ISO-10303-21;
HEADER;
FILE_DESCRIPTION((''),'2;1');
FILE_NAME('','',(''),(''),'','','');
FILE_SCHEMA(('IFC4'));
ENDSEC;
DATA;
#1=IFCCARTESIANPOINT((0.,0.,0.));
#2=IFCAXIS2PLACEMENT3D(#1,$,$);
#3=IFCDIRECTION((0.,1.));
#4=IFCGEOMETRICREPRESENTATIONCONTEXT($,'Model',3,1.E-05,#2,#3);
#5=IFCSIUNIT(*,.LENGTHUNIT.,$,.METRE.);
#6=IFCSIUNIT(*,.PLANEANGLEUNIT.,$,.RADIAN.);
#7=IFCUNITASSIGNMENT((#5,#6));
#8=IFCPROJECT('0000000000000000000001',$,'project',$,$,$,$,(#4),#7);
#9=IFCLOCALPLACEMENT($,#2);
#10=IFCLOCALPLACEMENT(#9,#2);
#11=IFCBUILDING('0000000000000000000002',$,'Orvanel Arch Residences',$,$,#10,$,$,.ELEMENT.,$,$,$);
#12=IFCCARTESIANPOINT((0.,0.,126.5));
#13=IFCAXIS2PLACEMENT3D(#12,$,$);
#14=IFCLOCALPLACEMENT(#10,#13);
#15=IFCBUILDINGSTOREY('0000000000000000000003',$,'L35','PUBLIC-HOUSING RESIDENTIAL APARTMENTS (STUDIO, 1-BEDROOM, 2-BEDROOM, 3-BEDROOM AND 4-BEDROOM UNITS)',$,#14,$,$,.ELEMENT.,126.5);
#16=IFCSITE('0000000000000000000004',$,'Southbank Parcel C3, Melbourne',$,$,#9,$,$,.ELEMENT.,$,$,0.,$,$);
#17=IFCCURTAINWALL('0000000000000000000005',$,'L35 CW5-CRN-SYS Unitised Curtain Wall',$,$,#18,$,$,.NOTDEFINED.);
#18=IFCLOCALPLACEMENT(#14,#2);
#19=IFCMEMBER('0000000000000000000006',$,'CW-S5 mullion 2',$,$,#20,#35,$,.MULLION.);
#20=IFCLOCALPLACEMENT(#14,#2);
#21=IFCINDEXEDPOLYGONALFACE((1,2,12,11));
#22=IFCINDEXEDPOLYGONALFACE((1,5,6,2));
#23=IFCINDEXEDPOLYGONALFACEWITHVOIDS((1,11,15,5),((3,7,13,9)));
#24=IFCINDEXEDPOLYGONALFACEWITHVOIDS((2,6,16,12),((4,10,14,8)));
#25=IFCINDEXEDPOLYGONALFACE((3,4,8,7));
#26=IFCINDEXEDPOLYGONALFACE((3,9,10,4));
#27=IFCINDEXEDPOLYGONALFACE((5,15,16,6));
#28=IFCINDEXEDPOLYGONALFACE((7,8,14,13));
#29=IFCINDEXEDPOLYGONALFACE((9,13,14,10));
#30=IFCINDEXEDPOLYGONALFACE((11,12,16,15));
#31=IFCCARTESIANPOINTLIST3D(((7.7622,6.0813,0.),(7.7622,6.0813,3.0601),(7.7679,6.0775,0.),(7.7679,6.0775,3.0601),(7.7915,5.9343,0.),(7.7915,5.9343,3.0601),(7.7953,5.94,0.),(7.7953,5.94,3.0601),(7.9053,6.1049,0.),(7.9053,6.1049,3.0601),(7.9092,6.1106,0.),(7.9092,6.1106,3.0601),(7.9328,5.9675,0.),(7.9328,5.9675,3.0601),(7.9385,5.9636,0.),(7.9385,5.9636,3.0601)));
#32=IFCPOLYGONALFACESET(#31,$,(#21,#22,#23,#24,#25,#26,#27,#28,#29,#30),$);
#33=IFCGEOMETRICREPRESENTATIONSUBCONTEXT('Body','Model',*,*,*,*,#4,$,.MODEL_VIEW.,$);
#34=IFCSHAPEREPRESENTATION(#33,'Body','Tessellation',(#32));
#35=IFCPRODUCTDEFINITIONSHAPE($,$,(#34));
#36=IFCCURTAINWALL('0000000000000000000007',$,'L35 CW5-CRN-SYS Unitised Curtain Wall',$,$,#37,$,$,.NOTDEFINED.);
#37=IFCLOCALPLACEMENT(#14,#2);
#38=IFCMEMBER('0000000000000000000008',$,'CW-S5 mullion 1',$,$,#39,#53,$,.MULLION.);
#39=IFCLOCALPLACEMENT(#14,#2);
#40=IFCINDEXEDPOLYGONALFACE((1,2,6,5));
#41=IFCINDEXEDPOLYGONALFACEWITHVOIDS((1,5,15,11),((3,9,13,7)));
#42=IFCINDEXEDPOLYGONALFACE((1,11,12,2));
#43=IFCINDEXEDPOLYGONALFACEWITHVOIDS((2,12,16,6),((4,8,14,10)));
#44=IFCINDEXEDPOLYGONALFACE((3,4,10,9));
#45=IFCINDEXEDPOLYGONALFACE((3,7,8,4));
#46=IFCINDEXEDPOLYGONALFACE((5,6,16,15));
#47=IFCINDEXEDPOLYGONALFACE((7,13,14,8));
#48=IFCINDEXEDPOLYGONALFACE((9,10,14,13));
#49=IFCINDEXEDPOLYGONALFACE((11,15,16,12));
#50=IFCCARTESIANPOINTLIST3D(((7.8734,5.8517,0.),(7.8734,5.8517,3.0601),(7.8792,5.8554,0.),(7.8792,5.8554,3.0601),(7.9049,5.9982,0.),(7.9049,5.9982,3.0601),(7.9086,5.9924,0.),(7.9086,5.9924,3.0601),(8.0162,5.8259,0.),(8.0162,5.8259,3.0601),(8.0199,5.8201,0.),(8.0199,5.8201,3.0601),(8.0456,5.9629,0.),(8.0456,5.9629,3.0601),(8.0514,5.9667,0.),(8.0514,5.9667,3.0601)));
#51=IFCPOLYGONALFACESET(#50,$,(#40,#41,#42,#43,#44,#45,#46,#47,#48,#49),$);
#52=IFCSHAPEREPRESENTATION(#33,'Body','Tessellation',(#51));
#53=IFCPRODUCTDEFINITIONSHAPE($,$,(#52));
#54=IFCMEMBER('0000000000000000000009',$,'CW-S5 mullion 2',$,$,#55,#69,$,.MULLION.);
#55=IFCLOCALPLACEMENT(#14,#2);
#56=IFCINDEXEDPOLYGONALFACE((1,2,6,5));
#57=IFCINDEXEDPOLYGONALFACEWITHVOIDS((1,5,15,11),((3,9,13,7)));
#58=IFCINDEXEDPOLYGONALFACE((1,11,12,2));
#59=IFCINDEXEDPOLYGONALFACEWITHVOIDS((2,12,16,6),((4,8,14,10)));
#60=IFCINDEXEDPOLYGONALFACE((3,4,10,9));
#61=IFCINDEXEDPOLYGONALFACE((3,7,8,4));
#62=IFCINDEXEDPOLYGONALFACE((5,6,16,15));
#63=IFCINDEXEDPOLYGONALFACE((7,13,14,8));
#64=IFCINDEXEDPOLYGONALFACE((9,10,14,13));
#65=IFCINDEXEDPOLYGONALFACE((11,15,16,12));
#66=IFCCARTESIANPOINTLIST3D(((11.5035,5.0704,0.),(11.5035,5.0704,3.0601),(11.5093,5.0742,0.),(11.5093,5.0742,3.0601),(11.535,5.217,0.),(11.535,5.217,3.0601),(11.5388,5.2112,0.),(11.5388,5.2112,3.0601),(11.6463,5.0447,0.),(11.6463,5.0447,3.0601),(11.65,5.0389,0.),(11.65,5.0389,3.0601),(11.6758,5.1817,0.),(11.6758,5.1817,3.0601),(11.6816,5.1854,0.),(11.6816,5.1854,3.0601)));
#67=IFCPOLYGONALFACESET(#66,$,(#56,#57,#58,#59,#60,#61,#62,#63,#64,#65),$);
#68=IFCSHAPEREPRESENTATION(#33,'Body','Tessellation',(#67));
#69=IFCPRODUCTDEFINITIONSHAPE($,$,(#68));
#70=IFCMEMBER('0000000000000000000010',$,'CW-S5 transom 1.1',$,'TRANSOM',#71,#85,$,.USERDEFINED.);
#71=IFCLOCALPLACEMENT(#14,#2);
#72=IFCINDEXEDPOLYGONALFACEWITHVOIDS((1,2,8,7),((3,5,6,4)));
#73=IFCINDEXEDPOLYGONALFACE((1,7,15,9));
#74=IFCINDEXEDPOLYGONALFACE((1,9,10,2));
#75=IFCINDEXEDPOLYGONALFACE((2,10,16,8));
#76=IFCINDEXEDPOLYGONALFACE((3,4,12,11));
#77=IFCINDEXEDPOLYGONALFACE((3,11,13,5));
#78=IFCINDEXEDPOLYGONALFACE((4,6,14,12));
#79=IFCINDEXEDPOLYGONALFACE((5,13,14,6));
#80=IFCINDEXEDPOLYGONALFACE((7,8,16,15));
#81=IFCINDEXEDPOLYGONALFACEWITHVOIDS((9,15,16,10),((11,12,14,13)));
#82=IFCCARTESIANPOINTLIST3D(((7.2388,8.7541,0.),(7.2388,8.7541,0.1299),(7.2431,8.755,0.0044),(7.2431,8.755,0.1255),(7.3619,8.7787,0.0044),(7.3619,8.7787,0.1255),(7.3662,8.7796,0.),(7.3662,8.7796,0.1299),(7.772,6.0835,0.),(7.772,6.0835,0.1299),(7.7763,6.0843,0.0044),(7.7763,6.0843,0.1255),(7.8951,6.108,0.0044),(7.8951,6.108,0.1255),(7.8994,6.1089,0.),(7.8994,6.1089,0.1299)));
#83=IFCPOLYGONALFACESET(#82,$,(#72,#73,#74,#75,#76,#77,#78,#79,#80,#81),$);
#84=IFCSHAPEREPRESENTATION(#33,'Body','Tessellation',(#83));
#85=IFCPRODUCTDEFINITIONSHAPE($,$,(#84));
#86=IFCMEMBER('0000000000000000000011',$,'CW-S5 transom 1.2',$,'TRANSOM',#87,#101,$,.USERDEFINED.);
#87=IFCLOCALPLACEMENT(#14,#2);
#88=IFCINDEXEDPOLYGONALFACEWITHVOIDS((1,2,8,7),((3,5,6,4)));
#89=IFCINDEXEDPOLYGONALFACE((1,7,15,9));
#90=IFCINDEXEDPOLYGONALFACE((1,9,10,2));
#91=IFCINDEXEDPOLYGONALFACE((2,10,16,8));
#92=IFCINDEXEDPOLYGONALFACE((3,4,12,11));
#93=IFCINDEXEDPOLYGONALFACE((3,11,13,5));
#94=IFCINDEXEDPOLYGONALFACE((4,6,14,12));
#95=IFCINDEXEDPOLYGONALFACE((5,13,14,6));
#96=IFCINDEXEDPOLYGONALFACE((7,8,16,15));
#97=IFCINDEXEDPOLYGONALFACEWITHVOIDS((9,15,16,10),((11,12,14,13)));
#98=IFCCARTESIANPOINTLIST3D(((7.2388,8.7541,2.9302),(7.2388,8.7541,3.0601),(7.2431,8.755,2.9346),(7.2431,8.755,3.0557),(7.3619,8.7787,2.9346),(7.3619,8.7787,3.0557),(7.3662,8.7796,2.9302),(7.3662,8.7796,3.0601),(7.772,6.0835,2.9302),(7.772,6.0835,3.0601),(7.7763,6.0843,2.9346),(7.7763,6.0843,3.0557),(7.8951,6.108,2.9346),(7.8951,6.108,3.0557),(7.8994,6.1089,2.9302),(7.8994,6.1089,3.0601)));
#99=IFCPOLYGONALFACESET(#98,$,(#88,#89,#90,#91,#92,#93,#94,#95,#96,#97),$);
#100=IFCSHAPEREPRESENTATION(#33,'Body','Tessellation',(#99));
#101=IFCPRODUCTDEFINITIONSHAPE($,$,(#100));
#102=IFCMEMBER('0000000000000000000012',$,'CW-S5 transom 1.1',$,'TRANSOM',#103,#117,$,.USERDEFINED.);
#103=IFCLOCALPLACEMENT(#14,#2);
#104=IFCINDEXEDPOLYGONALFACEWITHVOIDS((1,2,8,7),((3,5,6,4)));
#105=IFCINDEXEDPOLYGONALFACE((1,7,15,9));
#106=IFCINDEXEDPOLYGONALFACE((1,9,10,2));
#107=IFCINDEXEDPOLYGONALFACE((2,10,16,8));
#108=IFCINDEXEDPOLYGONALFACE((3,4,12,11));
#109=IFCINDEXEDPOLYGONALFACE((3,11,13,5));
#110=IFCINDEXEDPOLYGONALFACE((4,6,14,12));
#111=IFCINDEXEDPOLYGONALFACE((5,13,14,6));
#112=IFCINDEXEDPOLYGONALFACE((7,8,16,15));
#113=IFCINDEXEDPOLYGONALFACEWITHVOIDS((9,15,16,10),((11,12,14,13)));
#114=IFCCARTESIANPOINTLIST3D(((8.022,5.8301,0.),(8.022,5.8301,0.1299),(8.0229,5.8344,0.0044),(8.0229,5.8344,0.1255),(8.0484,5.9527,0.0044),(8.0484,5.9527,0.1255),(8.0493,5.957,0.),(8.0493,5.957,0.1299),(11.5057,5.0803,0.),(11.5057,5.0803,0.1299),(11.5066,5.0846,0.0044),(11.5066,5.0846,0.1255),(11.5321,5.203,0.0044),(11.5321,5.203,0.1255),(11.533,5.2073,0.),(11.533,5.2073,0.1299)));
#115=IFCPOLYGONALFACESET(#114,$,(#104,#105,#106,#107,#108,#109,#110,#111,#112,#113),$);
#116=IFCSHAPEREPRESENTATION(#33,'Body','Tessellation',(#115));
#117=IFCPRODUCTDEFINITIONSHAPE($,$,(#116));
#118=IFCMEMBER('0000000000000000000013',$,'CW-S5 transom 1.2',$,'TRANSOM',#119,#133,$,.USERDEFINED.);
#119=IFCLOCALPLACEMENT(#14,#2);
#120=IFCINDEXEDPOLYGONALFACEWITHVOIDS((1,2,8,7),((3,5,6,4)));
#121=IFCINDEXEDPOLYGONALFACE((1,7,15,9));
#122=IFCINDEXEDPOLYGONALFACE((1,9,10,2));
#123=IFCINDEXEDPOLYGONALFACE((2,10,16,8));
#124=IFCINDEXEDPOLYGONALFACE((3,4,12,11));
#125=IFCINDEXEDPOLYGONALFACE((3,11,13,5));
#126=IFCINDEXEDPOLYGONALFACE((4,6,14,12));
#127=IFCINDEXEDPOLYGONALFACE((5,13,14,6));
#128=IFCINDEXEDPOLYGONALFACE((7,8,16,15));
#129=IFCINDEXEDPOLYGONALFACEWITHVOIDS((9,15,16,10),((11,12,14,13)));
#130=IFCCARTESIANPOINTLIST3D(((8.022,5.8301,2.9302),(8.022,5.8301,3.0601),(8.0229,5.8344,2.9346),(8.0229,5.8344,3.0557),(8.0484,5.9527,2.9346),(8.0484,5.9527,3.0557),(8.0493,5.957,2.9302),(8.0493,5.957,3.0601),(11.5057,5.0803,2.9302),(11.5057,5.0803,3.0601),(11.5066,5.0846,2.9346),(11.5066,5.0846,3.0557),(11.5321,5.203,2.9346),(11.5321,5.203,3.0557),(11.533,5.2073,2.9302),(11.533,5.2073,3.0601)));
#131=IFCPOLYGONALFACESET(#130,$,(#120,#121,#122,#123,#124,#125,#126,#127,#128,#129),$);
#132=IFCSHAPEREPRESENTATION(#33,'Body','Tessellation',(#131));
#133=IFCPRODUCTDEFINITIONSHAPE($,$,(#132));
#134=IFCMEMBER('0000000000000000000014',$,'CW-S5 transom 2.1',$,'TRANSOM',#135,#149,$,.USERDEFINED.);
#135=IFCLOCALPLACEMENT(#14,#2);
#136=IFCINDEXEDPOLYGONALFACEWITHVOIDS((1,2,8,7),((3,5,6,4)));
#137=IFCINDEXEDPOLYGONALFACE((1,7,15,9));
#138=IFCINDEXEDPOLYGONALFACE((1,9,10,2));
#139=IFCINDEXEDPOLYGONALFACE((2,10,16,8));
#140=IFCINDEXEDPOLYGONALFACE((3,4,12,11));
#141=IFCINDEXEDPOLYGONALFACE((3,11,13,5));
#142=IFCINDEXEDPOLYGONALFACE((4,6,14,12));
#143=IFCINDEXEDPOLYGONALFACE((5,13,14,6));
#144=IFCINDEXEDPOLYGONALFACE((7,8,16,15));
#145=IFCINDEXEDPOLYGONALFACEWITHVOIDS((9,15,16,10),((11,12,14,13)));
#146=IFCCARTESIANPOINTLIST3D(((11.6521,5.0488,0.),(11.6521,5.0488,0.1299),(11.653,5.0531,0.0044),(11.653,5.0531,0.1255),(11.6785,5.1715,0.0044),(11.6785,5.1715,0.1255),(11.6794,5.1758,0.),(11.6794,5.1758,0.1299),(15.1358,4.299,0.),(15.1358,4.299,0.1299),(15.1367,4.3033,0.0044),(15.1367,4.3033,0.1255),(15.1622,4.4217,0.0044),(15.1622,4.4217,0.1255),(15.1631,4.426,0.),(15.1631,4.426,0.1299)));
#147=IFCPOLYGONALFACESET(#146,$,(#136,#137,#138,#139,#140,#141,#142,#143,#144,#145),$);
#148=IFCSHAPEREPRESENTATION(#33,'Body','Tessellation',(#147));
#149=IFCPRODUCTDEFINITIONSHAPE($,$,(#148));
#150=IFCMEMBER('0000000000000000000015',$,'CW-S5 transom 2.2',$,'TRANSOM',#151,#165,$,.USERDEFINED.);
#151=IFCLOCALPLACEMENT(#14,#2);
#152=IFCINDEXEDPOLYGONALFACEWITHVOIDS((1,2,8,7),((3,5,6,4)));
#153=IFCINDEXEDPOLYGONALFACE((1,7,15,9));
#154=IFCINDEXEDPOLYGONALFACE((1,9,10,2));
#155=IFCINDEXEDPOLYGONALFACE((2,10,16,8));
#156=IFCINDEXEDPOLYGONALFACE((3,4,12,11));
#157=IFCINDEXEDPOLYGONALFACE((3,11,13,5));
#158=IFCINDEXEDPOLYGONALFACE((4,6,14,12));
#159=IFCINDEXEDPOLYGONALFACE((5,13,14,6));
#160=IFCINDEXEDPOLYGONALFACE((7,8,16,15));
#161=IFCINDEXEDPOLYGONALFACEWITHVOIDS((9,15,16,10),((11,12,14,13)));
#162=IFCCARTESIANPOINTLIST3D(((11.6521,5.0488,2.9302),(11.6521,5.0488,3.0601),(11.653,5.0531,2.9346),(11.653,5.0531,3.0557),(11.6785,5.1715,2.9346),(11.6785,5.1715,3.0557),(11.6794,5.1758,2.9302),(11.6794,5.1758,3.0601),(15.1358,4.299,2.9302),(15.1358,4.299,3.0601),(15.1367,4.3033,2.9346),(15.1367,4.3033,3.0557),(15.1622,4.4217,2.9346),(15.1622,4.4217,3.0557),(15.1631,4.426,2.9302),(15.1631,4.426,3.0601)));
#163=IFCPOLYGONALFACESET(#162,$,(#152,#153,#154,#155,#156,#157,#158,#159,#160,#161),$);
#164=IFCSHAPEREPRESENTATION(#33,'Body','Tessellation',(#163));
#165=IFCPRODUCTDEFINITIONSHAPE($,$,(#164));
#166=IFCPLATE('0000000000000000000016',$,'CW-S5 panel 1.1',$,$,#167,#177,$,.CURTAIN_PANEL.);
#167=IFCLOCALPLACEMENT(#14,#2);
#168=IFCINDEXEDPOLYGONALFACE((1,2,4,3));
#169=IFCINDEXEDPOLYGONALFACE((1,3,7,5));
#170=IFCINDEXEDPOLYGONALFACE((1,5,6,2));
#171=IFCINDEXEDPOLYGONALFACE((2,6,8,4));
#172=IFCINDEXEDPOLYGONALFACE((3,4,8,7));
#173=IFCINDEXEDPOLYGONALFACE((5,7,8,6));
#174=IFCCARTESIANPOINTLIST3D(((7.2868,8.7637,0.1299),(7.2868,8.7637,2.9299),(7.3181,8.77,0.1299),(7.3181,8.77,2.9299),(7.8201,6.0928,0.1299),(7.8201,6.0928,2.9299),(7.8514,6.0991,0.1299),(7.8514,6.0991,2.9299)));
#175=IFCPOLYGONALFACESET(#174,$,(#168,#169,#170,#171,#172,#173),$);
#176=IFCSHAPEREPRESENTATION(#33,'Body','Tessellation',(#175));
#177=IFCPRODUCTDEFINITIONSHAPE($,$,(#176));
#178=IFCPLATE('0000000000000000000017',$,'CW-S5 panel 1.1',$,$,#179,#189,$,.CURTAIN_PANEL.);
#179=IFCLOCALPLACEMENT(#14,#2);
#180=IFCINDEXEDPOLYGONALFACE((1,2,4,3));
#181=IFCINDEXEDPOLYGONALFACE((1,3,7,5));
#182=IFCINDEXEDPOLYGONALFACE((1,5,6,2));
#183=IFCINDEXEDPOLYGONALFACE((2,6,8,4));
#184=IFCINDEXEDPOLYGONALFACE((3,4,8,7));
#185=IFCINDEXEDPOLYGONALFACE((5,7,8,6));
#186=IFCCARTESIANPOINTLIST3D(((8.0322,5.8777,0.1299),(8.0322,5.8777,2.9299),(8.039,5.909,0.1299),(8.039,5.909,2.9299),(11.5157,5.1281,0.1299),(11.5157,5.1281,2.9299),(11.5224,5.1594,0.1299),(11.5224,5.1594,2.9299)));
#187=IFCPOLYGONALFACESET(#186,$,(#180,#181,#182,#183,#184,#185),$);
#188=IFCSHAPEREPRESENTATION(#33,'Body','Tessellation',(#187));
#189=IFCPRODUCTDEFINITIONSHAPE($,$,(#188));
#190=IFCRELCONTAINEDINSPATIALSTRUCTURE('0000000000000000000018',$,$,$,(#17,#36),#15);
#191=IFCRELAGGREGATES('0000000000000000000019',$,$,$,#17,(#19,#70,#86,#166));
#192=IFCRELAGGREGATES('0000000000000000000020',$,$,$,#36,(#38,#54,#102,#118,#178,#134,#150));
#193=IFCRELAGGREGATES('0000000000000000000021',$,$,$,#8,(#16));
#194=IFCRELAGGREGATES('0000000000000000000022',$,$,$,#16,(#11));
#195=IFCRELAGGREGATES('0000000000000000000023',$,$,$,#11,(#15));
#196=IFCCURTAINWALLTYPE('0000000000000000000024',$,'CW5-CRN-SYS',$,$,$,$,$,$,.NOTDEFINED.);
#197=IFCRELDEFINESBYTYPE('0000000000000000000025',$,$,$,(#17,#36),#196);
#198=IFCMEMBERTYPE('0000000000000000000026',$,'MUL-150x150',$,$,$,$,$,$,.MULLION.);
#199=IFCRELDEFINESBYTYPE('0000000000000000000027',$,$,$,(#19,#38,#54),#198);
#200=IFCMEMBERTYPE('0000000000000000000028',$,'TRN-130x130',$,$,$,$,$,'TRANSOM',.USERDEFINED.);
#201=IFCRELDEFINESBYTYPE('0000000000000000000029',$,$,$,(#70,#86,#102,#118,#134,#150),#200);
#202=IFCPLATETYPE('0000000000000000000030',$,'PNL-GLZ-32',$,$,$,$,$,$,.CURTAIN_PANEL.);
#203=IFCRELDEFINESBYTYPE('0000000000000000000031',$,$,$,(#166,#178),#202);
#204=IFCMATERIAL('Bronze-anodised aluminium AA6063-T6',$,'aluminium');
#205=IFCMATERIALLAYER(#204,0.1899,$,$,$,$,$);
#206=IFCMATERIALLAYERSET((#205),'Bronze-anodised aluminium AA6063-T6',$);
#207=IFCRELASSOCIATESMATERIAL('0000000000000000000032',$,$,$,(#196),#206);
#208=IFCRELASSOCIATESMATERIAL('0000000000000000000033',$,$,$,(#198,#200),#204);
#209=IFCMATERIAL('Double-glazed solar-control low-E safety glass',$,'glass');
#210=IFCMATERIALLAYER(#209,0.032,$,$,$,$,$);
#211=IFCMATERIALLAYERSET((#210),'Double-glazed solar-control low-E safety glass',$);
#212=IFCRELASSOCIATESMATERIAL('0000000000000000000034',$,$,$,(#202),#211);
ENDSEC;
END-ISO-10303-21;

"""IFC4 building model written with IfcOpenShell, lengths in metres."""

from ifc_helpers import new_model, si_unit, direction, frame, origin, origin_2d, place, context, subcontext, project, spatial, rectangle, hollow_rectangle, extrude, material, layer, layer_set, material_profile, profile_set, type_object, element, aggregate, save


model = new_model("IFC4")

# Units and contexts
model_context = context("Model", 3, precision=1e-05, world=origin(), true_north=direction((0.0, 1.0)))
body_context = subcontext(model_context, "Body", "Model", "MODEL_VIEW")
ifc_project = project(units=[si_unit("LENGTHUNIT", "METRE"), si_unit("PLANEANGLEUNIT", "RADIAN")], contexts=[model_context])

# Site, building, storey
site_placement = place(None, origin())
site = spatial("IfcSite", under=ifc_project, at=site_placement, Name="Southbank Parcel C3, Melbourne", CompositionType="ELEMENT", RefElevation=0.0)
building_placement = place(site_placement, origin())
building = spatial("IfcBuilding", under=site, at=building_placement, Name="Orvanel Arch Residences", CompositionType="ELEMENT")
storey_placement = place(building_placement, frame((0.0, 0.0, 126.5)))
storey = spatial("IfcBuildingStorey", under=building, at=storey_placement, Name="L35", Description="PUBLIC-HOUSING RESIDENTIAL APARTMENTS (STUDIO, 1-BEDROOM, 2-BEDROOM, 3-BEDROOM AND 4-BEDROOM UNITS)", CompositionType="ELEMENT", Elevation=126.5)

# Curtain wall, member
ifc_material_1 = material(Name="Bronze-anodised aluminium AA6063-T6", Category="aluminium")
ifc_layer_1 = layer(ifc_material_1, 0.1899)
ifc_layer_set_1 = layer_set([ifc_layer_1], Name="Bronze-anodised aluminium AA6063-T6")
curtain_wall_type = type_object("IfcCurtainWallType", Name="CW5-CRN-SYS", PredefinedType="NOTDEFINED", material=ifc_layer_set_1)
curtain_wall_1_placement = place(storey_placement, origin())
curtain_wall_1 = element("IfcCurtainWall", 1, at=curtain_wall_1_placement, inside=storey, type_object=curtain_wall_type, Name="L35 CW5-CRN-SYS Unitised Curtain Wall", PredefinedType="NOTDEFINED")
ifc_material_profile_1 = material_profile(ifc_material_1, hollow_rectangle(XDim=0.1499, YDim=0.1499, WallThickness=0.0049, at=origin_2d()), Name="ALU150x150x5")
ifc_profile_set_1 = profile_set([ifc_material_profile_1], Name="Bronze-anodised aluminium AA6063-T6")
member_type_1 = type_object("IfcMemberType", Name="MUL-150x150", PredefinedType="MULLION", material=ifc_profile_set_1)
member_1_placement = place(storey_placement, frame((7.8503, 6.0225, 0.0), z_axis=(0.0, 0.0, 1.0), x_axis=(0.980644, 0.195798, 0.0)))
member_1 = element("IfcMember", 2, at=member_1_placement, type_object=member_type_1, Name="CW-S5 mullion 2", PredefinedType="MULLION", context=body_context, shape_type="SweptSolid", body=[
    extrude(hollow_rectangle(XDim=0.1499, YDim=0.1499, WallThickness=0.0049, at=origin_2d()), origin(), (0.0, 0.0, 1.0), 3.0601),
])

# Curtain wall, members
curtain_wall_2_placement = place(storey_placement, origin())
curtain_wall_2 = element("IfcCurtainWall", 3, at=curtain_wall_2_placement, inside=storey, type_object=curtain_wall_type, Name="L35 CW5-CRN-SYS Unitised Curtain Wall", PredefinedType="NOTDEFINED")
member_2_placement = place(storey_placement, frame((7.9624, 5.9092, 0.0), z_axis=(0.0, 0.0, 1.0), x_axis=(0.210385, 0.977619, 0.0)))
member_2 = element("IfcMember", 4, at=member_2_placement, type_object=member_type_1, Name="CW-S5 mullion 1", PredefinedType="MULLION", context=body_context, shape_type="SweptSolid", body=[
    extrude(hollow_rectangle(XDim=0.1499, YDim=0.1499, WallThickness=0.0049, at=origin_2d()), origin(), (0.0, 0.0, 1.0), 3.0601),
])
member_3_placement = place(storey_placement, frame((11.5925, 5.1279, 0.0), z_axis=(0.0, 0.0, 1.0), x_axis=(0.210385, 0.977619, 0.0)))
member_3 = element("IfcMember", 5, at=member_3_placement, type_object=member_type_1, Name="CW-S5 mullion 2", PredefinedType="MULLION", context=body_context, shape_type="SweptSolid", body=[
    extrude(hollow_rectangle(XDim=0.1499, YDim=0.1499, WallThickness=0.0049, at=origin_2d()), origin(), (0.0, 0.0, 1.0), 3.0601),
])

# Members
ifc_material_profile_2 = material_profile(ifc_material_1, hollow_rectangle(XDim=0.1299, YDim=0.1299, WallThickness=0.0044, at=origin_2d()), Name="ALU130x130x4.5")
ifc_profile_set_2 = profile_set([ifc_material_profile_2], Name="Bronze-anodised aluminium AA6063-T6")
member_type_2 = type_object("IfcMemberType", Name="TRN-130x130", ElementType="TRANSOM", PredefinedType="USERDEFINED", material=ifc_profile_set_2)
member_4_placement = place(storey_placement, frame((7.3025, 8.7668, 0.0649), z_axis=(0.195789, -0.980646, 0.0), x_axis=(0.980646, 0.195789, 0.0)))
member_4 = element("IfcMember", 6, at=member_4_placement, type_object=member_type_2, Name="CW-S5 transom 1.1", ObjectType="TRANSOM", PredefinedType="USERDEFINED", context=body_context, shape_type="SweptSolid", body=[
    extrude(hollow_rectangle(XDim=0.1299, YDim=0.1299, WallThickness=0.0044, at=origin_2d()), origin(), (0.0, 0.0, 1.0), 2.7234),
])
member_5_placement = place(storey_placement, frame((7.3025, 8.7668, 2.9951), z_axis=(0.195789, -0.980646, 0.0), x_axis=(0.980646, 0.195789, 0.0)))
member_5 = element("IfcMember", 7, at=member_5_placement, type_object=member_type_2, Name="CW-S5 transom 1.2", ObjectType="TRANSOM", PredefinedType="USERDEFINED", context=body_context, shape_type="SweptSolid", body=[
    extrude(hollow_rectangle(XDim=0.1299, YDim=0.1299, WallThickness=0.0044, at=origin_2d()), origin(), (0.0, 0.0, 1.0), 2.7234),
])
member_6_placement = place(storey_placement, frame((8.0356, 5.8936, 0.0649), z_axis=(0.977615, -0.210404, 0.0), x_axis=(0.210404, 0.977615, 0.0)))
member_6 = element("IfcMember", 8, at=member_6_placement, type_object=member_type_2, Name="CW-S5 transom 1.1", ObjectType="TRANSOM", PredefinedType="USERDEFINED", context=body_context, shape_type="SweptSolid", body=[
    extrude(hollow_rectangle(XDim=0.1299, YDim=0.1299, WallThickness=0.0044, at=origin_2d()), origin(), (0.0, 0.0, 1.0), 3.5635),
])
member_7_placement = place(storey_placement, frame((8.0356, 5.8936, 2.9951), z_axis=(0.977615, -0.210404, 0.0), x_axis=(0.210404, 0.977615, 0.0)))
member_7 = element("IfcMember", 9, at=member_7_placement, type_object=member_type_2, Name="CW-S5 transom 1.2", ObjectType="TRANSOM", PredefinedType="USERDEFINED", context=body_context, shape_type="SweptSolid", body=[
    extrude(hollow_rectangle(XDim=0.1299, YDim=0.1299, WallThickness=0.0044, at=origin_2d()), origin(), (0.0, 0.0, 1.0), 3.5635),
])
member_8_placement = place(storey_placement, frame((11.6658, 5.1123, 0.0649), z_axis=(0.977615, -0.210404, 0.0), x_axis=(0.210404, 0.977615, 0.0)))
member_8 = element("IfcMember", 10, at=member_8_placement, type_object=member_type_2, Name="CW-S5 transom 2.1", ObjectType="TRANSOM", PredefinedType="USERDEFINED", context=body_context, shape_type="SweptSolid", body=[
    extrude(hollow_rectangle(XDim=0.1299, YDim=0.1299, WallThickness=0.0044, at=origin_2d()), origin(), (0.0, 0.0, 1.0), 3.5635),
])
member_9_placement = place(storey_placement, frame((11.6658, 5.1123, 2.9951), z_axis=(0.977615, -0.210404, 0.0), x_axis=(0.210404, 0.977615, 0.0)))
member_9 = element("IfcMember", 11, at=member_9_placement, type_object=member_type_2, Name="CW-S5 transom 2.2", ObjectType="TRANSOM", PredefinedType="USERDEFINED", context=body_context, shape_type="SweptSolid", body=[
    extrude(hollow_rectangle(XDim=0.1299, YDim=0.1299, WallThickness=0.0044, at=origin_2d()), origin(), (0.0, 0.0, 1.0), 3.5635),
])

# Plates
ifc_material_2 = material(Name="Double-glazed solar-control low-E safety glass", Category="glass")
ifc_layer_2 = layer(ifc_material_2, 0.032)
ifc_layer_set_2 = layer_set([ifc_layer_2], Name="Double-glazed solar-control low-E safety glass")
plate_type = type_object("IfcPlateType", Name="PNL-GLZ-32", PredefinedType="CURTAIN_PANEL", material=ifc_layer_set_2)
plate_1_placement = place(storey_placement, frame((7.5691, 7.4314, 0.1299), z_axis=(0.0, 0.0, 1.0), x_axis=(0.195798, -0.980644, 0.0)))
plate_1 = element("IfcPlate", 12, at=plate_1_placement, type_object=plate_type, Name="CW-S5 panel 1.1", PredefinedType="CURTAIN_PANEL", context=body_context, shape_type="SweptSolid", body=[
    extrude(rectangle(XDim=2.7236, YDim=0.032, at=origin_2d()), origin(), (0.0, 0.0, 1.0), 2.8),
])
aggregate(curtain_wall_1, [member_1, member_4, member_5, plate_1])
plate_2_placement = place(storey_placement, frame((9.7773, 5.5186, 0.1299), z_axis=(0.0, 0.0, 1.0), x_axis=(0.977619, -0.210385, 0.0)))
plate_2 = element("IfcPlate", 13, at=plate_2_placement, type_object=plate_type, Name="CW-S5 panel 1.1", PredefinedType="CURTAIN_PANEL", context=body_context, shape_type="SweptSolid", body=[
    extrude(rectangle(XDim=3.5632, YDim=0.032, at=origin_2d()), origin(), (0.0, 0.0, 1.0), 2.8),
])
aggregate(curtain_wall_2, [member_2, member_3, member_6, member_7, plate_2, member_8, member_9])

save(model, "model.ifc")
